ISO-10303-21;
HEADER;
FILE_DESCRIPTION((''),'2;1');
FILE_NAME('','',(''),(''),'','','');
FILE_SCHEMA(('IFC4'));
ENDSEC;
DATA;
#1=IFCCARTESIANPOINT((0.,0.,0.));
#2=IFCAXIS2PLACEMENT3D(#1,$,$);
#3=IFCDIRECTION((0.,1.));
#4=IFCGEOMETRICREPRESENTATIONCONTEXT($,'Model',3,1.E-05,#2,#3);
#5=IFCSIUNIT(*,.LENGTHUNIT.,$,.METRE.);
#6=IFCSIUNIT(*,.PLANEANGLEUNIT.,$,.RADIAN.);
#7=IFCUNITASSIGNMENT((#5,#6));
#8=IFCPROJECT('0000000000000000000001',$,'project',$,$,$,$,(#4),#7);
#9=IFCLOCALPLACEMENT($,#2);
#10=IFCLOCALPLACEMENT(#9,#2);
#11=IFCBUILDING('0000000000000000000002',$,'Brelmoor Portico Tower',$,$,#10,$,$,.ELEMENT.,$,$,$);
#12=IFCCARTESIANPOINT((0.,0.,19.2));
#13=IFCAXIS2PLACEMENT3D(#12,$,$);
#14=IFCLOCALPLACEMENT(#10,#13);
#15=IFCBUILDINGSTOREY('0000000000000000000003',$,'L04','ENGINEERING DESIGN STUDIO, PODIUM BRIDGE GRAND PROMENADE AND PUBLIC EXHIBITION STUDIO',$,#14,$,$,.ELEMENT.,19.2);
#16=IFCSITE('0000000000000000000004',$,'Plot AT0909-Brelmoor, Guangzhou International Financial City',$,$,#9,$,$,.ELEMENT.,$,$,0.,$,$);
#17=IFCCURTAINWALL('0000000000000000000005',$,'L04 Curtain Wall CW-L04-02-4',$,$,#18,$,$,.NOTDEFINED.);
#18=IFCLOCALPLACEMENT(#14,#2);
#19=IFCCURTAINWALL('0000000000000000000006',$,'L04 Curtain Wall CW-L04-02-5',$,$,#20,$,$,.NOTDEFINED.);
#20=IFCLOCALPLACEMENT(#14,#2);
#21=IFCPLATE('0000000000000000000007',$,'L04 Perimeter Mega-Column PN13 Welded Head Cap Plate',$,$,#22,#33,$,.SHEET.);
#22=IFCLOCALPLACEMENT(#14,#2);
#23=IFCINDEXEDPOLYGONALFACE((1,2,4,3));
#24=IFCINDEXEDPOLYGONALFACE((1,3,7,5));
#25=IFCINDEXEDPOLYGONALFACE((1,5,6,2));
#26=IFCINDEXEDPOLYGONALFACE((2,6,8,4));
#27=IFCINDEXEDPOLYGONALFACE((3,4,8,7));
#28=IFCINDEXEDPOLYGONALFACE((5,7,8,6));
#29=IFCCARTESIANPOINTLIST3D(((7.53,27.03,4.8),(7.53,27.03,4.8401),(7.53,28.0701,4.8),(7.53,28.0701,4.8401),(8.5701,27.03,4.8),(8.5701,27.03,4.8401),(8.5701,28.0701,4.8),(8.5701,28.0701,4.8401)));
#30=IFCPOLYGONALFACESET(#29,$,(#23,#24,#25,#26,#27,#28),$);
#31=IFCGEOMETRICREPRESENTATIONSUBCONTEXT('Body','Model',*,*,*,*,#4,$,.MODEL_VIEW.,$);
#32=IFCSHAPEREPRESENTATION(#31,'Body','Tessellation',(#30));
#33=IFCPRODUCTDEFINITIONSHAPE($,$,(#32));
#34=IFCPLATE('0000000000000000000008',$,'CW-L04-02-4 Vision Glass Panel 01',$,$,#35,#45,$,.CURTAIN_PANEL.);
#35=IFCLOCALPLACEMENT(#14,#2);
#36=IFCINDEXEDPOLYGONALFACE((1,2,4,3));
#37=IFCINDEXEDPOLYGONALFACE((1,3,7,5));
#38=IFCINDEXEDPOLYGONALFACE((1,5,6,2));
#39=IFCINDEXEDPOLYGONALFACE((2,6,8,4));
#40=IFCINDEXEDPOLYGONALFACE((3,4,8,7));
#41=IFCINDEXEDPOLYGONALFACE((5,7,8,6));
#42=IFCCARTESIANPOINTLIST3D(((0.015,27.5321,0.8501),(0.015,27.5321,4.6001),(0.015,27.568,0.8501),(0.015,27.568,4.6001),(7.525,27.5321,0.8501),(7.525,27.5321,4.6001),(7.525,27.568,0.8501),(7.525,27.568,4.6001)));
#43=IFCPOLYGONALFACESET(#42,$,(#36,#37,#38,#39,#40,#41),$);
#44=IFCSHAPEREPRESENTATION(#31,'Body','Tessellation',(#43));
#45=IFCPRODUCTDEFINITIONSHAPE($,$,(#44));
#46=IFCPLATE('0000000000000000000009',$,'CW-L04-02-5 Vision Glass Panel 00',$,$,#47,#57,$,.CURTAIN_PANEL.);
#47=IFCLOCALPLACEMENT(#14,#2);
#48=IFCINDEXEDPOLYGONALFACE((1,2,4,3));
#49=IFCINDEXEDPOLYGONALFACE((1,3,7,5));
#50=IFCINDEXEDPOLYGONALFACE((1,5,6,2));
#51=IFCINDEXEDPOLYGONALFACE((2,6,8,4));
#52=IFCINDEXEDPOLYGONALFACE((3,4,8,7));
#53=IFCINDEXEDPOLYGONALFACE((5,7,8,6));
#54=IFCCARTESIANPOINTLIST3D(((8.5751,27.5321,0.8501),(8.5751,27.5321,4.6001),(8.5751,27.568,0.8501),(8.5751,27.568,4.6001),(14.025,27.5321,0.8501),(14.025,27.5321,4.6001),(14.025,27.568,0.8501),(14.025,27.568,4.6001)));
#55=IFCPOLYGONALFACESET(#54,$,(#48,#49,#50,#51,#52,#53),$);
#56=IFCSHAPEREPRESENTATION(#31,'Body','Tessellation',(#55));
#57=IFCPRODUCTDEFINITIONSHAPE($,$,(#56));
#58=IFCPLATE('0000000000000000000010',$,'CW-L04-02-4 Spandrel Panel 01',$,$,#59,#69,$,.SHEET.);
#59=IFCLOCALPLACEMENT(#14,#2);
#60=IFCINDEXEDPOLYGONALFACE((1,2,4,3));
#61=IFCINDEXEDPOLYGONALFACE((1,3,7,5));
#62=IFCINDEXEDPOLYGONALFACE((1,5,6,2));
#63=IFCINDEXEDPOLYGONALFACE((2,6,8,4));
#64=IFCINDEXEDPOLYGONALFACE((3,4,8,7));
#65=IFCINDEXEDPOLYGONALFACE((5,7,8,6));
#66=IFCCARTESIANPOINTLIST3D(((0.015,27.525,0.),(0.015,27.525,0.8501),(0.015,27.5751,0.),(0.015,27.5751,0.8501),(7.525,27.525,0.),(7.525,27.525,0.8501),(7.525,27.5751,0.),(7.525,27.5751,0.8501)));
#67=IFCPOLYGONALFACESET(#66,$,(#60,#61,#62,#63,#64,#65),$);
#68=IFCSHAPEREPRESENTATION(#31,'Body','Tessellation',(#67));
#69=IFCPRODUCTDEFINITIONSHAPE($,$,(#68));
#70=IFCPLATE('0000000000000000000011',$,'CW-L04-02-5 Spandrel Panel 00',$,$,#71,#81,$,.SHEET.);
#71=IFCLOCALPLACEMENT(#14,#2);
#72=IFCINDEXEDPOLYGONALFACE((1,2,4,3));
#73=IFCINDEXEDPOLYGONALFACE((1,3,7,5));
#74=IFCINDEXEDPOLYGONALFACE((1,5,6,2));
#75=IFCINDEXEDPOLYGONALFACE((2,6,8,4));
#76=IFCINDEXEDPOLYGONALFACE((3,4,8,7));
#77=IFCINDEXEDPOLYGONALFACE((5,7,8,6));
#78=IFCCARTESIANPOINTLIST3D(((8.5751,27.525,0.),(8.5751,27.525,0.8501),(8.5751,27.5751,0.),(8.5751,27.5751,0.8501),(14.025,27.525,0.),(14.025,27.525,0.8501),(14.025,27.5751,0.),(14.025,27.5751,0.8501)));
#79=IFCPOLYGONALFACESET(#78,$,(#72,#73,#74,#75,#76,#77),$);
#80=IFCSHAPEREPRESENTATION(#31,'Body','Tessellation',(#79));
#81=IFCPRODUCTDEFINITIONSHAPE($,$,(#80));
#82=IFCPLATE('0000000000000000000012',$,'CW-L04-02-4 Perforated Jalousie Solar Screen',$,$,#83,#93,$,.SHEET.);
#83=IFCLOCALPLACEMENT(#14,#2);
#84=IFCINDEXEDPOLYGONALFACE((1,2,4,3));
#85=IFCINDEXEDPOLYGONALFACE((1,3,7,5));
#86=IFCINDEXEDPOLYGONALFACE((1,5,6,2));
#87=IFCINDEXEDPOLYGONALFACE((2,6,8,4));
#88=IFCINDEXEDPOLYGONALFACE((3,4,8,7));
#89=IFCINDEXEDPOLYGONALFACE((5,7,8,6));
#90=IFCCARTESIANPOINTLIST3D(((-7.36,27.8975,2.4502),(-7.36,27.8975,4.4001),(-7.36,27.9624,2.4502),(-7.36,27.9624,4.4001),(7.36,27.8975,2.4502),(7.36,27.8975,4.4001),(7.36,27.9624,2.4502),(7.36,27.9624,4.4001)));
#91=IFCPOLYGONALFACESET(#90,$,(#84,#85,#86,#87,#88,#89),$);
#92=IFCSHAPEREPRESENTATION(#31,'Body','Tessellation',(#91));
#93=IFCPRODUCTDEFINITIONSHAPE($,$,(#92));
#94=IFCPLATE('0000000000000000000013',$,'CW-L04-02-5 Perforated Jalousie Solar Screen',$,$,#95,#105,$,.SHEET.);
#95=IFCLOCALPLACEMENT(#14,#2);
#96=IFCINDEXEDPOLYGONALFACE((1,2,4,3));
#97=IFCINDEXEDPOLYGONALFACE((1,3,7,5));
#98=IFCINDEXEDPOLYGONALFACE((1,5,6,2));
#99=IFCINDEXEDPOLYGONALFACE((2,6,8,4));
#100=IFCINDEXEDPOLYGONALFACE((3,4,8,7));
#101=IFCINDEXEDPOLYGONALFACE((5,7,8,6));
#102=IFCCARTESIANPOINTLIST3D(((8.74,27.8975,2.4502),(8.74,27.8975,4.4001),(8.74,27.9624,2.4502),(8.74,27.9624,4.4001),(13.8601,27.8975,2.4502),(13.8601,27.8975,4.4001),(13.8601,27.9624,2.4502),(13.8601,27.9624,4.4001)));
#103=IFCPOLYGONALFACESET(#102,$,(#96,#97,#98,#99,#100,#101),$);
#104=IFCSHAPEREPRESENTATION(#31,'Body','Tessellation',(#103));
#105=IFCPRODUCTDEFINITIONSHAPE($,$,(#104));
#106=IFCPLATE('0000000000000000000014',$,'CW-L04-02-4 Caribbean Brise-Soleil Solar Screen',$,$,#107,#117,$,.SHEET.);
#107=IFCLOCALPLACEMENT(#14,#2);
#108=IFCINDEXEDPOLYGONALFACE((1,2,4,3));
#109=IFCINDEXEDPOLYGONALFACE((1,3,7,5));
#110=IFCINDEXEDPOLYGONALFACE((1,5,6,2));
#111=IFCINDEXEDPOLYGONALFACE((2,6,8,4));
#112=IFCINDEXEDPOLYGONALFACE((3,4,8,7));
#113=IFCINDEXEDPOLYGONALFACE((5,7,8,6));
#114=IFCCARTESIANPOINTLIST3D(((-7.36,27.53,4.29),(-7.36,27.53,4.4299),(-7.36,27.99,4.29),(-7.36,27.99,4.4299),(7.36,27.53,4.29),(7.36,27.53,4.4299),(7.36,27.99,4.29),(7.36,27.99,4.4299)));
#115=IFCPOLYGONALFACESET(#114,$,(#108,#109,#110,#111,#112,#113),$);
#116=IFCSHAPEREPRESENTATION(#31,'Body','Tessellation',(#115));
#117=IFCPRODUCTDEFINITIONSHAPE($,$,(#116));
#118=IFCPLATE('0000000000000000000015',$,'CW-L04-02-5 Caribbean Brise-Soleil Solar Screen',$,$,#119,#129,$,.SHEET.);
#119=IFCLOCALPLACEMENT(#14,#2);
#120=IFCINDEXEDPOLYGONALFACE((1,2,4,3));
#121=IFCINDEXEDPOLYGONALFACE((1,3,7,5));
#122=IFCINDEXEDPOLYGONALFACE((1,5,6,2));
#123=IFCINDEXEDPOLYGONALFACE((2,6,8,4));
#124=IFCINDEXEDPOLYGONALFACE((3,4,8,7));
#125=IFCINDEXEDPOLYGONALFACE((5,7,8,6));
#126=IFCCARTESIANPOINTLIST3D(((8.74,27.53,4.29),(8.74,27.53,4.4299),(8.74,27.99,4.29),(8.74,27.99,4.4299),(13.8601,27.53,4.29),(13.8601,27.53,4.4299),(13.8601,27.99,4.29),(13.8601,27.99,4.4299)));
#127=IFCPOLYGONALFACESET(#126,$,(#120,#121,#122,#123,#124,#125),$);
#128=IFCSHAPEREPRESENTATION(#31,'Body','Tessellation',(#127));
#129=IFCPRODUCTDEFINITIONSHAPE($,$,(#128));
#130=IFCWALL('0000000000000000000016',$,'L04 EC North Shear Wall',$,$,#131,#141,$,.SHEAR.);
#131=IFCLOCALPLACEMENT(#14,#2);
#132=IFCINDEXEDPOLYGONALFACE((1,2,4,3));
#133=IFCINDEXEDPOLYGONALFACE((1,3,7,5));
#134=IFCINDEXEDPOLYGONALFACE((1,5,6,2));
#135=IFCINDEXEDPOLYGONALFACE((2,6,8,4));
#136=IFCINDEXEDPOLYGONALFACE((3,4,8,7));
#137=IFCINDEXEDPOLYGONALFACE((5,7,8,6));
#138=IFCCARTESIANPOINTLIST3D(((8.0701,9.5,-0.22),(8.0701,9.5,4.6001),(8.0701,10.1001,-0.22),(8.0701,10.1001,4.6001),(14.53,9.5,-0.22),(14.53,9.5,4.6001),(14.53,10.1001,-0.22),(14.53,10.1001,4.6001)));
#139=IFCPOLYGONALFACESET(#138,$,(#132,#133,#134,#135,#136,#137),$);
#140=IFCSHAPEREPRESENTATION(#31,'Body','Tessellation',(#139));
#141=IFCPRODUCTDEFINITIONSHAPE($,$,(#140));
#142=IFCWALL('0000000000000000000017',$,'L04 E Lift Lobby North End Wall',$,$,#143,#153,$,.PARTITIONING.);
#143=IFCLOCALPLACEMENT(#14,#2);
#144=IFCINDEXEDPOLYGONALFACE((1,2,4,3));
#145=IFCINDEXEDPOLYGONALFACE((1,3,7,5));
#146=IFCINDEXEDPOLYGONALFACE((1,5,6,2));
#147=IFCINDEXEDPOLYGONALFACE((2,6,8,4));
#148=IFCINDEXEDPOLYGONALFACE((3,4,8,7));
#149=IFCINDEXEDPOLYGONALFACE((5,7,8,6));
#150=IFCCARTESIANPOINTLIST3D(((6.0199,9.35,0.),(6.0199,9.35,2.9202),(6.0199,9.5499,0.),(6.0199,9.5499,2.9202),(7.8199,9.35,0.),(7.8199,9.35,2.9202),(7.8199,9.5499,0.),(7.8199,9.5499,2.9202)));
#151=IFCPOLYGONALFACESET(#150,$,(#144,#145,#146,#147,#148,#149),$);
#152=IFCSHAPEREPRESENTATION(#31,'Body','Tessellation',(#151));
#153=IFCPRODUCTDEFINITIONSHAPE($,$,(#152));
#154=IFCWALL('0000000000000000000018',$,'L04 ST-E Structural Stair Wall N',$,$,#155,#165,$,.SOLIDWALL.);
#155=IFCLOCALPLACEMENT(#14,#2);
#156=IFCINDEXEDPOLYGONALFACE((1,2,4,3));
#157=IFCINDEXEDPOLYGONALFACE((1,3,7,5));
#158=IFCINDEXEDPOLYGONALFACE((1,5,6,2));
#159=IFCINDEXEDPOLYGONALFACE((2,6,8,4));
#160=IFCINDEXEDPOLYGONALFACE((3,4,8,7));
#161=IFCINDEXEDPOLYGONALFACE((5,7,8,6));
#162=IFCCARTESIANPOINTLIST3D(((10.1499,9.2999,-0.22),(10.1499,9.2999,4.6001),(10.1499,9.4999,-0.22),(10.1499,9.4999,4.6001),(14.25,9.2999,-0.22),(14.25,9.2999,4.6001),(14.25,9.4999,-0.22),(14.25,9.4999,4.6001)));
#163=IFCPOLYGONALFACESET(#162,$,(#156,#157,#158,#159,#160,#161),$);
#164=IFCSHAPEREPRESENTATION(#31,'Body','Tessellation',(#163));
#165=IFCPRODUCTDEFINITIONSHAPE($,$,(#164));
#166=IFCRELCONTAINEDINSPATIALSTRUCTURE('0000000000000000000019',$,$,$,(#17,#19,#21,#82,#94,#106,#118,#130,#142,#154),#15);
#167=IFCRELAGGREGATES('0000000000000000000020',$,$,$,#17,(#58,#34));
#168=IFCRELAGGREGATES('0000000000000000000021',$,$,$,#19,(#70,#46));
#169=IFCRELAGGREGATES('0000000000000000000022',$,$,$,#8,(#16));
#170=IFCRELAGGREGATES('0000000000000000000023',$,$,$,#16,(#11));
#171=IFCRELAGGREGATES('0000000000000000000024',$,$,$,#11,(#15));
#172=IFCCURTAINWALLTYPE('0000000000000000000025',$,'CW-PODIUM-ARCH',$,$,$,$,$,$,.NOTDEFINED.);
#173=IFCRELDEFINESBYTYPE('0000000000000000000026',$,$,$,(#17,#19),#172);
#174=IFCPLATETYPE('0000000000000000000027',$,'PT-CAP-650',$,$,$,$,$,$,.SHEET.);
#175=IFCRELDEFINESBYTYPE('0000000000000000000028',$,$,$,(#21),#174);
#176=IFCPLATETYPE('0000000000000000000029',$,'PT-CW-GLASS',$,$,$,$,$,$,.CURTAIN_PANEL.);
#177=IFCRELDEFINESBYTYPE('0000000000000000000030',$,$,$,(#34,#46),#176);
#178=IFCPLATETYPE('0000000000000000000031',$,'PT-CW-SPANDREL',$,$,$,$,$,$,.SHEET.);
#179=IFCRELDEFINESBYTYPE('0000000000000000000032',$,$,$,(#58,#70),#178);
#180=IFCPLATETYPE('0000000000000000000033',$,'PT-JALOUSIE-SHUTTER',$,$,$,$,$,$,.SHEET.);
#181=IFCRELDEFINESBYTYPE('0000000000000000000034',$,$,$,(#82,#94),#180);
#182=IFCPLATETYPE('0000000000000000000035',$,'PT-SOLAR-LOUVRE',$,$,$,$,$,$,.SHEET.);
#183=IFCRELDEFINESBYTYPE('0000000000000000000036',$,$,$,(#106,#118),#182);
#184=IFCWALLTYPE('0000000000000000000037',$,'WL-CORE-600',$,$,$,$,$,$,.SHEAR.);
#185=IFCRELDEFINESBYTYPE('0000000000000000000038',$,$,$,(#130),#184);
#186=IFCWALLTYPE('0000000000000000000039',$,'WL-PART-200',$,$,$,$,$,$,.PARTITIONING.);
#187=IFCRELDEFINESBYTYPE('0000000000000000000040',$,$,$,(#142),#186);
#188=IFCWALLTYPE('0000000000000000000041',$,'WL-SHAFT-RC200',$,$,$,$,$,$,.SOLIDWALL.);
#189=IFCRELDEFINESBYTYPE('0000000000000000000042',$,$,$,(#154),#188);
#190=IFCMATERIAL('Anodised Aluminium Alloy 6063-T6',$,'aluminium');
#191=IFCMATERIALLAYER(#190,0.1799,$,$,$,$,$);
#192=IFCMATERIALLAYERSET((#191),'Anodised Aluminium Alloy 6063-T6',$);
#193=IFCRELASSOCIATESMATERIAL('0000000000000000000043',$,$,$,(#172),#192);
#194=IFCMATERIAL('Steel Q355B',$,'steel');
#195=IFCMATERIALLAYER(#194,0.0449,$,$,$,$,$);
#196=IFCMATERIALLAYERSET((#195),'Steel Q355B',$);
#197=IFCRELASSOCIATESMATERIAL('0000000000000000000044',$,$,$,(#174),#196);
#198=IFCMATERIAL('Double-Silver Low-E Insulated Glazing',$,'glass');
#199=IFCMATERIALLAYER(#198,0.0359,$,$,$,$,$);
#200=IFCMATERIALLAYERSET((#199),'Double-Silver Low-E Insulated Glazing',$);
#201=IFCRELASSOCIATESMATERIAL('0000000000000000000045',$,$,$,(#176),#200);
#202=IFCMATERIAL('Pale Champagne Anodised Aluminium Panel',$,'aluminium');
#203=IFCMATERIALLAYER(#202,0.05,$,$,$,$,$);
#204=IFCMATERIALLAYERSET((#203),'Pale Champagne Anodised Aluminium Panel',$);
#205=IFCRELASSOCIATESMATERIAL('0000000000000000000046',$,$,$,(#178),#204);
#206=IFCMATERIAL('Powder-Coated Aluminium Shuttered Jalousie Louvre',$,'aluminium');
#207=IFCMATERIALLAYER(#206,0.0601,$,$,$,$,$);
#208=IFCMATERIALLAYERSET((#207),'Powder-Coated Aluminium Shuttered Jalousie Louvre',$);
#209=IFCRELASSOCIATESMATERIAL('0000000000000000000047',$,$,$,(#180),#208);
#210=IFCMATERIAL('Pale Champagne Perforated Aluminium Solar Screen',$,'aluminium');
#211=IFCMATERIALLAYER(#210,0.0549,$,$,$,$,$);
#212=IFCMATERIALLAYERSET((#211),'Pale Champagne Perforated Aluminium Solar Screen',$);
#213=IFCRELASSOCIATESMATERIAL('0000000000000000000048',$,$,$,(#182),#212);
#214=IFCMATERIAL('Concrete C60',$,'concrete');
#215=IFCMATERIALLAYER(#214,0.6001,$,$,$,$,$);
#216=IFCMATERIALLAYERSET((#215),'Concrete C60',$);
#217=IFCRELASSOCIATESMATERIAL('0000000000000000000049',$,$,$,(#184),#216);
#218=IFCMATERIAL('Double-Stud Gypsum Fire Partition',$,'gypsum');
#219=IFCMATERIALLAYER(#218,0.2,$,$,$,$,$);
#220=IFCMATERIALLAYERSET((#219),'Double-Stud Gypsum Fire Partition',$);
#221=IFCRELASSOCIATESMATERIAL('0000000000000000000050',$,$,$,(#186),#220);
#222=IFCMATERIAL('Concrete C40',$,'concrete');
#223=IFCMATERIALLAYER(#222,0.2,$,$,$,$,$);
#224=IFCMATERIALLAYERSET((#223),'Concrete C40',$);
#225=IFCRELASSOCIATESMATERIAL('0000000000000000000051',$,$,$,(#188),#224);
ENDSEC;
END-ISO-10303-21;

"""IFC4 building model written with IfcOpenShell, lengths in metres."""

from ifc_helpers import new_model, si_unit, direction, frame, frame_2d, origin, origin_2d, place, context, subcontext, project, spatial, rectangle, extrude, material, layer, layer_set, type_object, element, aggregate, save


model = new_model("IFC4")

# Units and contexts
model_context = context("Model", 3, precision=1e-05, world=origin(), true_north=direction((0.0, 1.0)))
body_context = subcontext(model_context, "Body", "Model", "MODEL_VIEW")
ifc_project = project(units=[si_unit("LENGTHUNIT", "METRE"), si_unit("PLANEANGLEUNIT", "RADIAN")], contexts=[model_context])

# Site, building, storey
site_placement = place(None, origin())
site = spatial("IfcSite", under=ifc_project, at=site_placement, Name="Plot AT0909-Brelmoor, Guangzhou International Financial City", CompositionType="ELEMENT", RefElevation=0.0)
building_placement = place(site_placement, origin())
building = spatial("IfcBuilding", under=site, at=building_placement, Name="Brelmoor Portico Tower", CompositionType="ELEMENT")
storey_placement = place(building_placement, frame((0.0, 0.0, 19.2)))
storey = spatial("IfcBuildingStorey", under=building, at=storey_placement, Name="L04", Description="ENGINEERING DESIGN STUDIO, PODIUM BRIDGE GRAND PROMENADE AND PUBLIC EXHIBITION STUDIO", CompositionType="ELEMENT", Elevation=19.2)

# Shared definitions
ifc_material_1 = material(Name="Steel Q355B", Category="steel")

# Curtain walls
ifc_material_2 = material(Name="Anodised Aluminium Alloy 6063-T6", Category="aluminium")
ifc_layer_1 = layer(ifc_material_2, 0.1799)
ifc_layer_set_1 = layer_set([ifc_layer_1], Name="Anodised Aluminium Alloy 6063-T6")
curtain_wall_type = type_object("IfcCurtainWallType", Name="CW-PODIUM-ARCH", PredefinedType="NOTDEFINED", material=ifc_layer_set_1)
curtain_wall_1_placement = place(storey_placement, origin())
curtain_wall_1 = element("IfcCurtainWall", 1, at=curtain_wall_1_placement, inside=storey, type_object=curtain_wall_type, Name="L04 Curtain Wall CW-L04-02-4", PredefinedType="NOTDEFINED")
curtain_wall_2_placement = place(storey_placement, origin())
curtain_wall_2 = element("IfcCurtainWall", 2, at=curtain_wall_2_placement, inside=storey, type_object=curtain_wall_type, Name="L04 Curtain Wall CW-L04-02-5", PredefinedType="NOTDEFINED")

# Plate
ifc_layer_2 = layer(ifc_material_1, 0.0449)
ifc_layer_set_2 = layer_set([ifc_layer_2], Name="Steel Q355B")
plate_type_1 = type_object("IfcPlateType", Name="PT-CAP-650", PredefinedType="SHEET", material=ifc_layer_set_2)
plate_1_placement = place(storey_placement, frame((8.05, 27.55, 4.8), z_axis=(0.0, 0.0, 1.0), x_axis=(1.0, 0.0, 0.0)))
element("IfcPlate", 3, at=plate_1_placement, inside=storey, type_object=plate_type_1, Name="L04 Perimeter Mega-Column PN13 Welded Head Cap Plate", PredefinedType="SHEET", context=body_context, shape_type="SweptSolid", body=[
    extrude(rectangle(XDim=1.04, YDim=1.04, at=origin_2d()), origin(), (0.0, 0.0, 1.0), 0.04),
])

# Plates
ifc_material_3 = material(Name="Double-Silver Low-E Insulated Glazing", Category="glass")
ifc_layer_3 = layer(ifc_material_3, 0.0359)
ifc_layer_set_3 = layer_set([ifc_layer_3], Name="Double-Silver Low-E Insulated Glazing")
plate_type_2 = type_object("IfcPlateType", Name="PT-CW-GLASS", PredefinedType="CURTAIN_PANEL", material=ifc_layer_set_3)
plate_2_placement = place(storey_placement, frame((3.77, 27.55, 0.8501), z_axis=(0.0, 0.0, 1.0), x_axis=(1.0, 0.0, 0.0)))
plate_2 = element("IfcPlate", 4, at=plate_2_placement, type_object=plate_type_2, Name="CW-L04-02-4 Vision Glass Panel 01", PredefinedType="CURTAIN_PANEL", context=body_context, shape_type="SweptSolid", body=[
    extrude(rectangle(XDim=7.51, YDim=0.0359, at=origin_2d()), origin(), (0.0, 0.0, 1.0), 3.75),
])
plate_3_placement = place(storey_placement, frame((11.3, 27.55, 0.8501), z_axis=(0.0, 0.0, 1.0), x_axis=(1.0, 0.0, 0.0)))
plate_3 = element("IfcPlate", 5, at=plate_3_placement, type_object=plate_type_2, Name="CW-L04-02-5 Vision Glass Panel 00", PredefinedType="CURTAIN_PANEL", context=body_context, shape_type="SweptSolid", body=[
    extrude(rectangle(XDim=5.45, YDim=0.0359, at=origin_2d()), origin(), (0.0, 0.0, 1.0), 3.75),
])
ifc_material_4 = material(Name="Pale Champagne Anodised Aluminium Panel", Category="aluminium")
ifc_layer_4 = layer(ifc_material_4, 0.05)
ifc_layer_set_4 = layer_set([ifc_layer_4], Name="Pale Champagne Anodised Aluminium Panel")
plate_type_3 = type_object("IfcPlateType", Name="PT-CW-SPANDREL", PredefinedType="SHEET", material=ifc_layer_set_4)
plate_4_placement = place(storey_placement, frame((3.77, 27.55, 0.0), z_axis=(0.0, 0.0, 1.0), x_axis=(1.0, 0.0, 0.0)))
plate_4 = element("IfcPlate", 6, at=plate_4_placement, type_object=plate_type_3, Name="CW-L04-02-4 Spandrel Panel 01", PredefinedType="SHEET", context=body_context, shape_type="SweptSolid", body=[
    extrude(rectangle(XDim=7.51, YDim=0.05, at=origin_2d()), origin(), (0.0, 0.0, 1.0), 0.8501),
])
aggregate(curtain_wall_1, [plate_4, plate_2])
plate_5_placement = place(storey_placement, frame((11.3, 27.55, 0.0), z_axis=(0.0, 0.0, 1.0), x_axis=(1.0, 0.0, 0.0)))
plate_5 = element("IfcPlate", 7, at=plate_5_placement, type_object=plate_type_3, Name="CW-L04-02-5 Spandrel Panel 00", PredefinedType="SHEET", context=body_context, shape_type="SweptSolid", body=[
    extrude(rectangle(XDim=5.45, YDim=0.05, at=origin_2d()), origin(), (0.0, 0.0, 1.0), 0.8501),
])
aggregate(curtain_wall_2, [plate_5, plate_3])

# Plates
ifc_material_5 = material(Name="Powder-Coated Aluminium Shuttered Jalousie Louvre", Category="aluminium")
ifc_layer_5 = layer(ifc_material_5, 0.0601)
ifc_layer_set_5 = layer_set([ifc_layer_5], Name="Powder-Coated Aluminium Shuttered Jalousie Louvre")
plate_type_4 = type_object("IfcPlateType", Name="PT-JALOUSIE-SHUTTER", PredefinedType="SHEET", material=ifc_layer_set_5)
plate_6_placement = place(storey_placement, frame((0.0, 27.9299, 2.4502), z_axis=(0.0, 0.0, 1.0), x_axis=(1.0, 0.0, 0.0)))
element("IfcPlate", 8, at=plate_6_placement, inside=storey, type_object=plate_type_4, Name="CW-L04-02-4 Perforated Jalousie Solar Screen", PredefinedType="SHEET", context=body_context, shape_type="SweptSolid", body=[
    extrude(rectangle(XDim=14.72, YDim=0.0649, at=origin_2d()), origin(), (0.0, 0.0, 1.0), 1.95),
])
plate_7_placement = place(storey_placement, frame((11.3, 27.9299, 2.4502), z_axis=(0.0, 0.0, 1.0), x_axis=(1.0, 0.0, 0.0)))
element("IfcPlate", 9, at=plate_7_placement, inside=storey, type_object=plate_type_4, Name="CW-L04-02-5 Perforated Jalousie Solar Screen", PredefinedType="SHEET", context=body_context, shape_type="SweptSolid", body=[
    extrude(rectangle(XDim=5.1201, YDim=0.0649, at=origin_2d()), origin(), (0.0, 0.0, 1.0), 1.95),
])
ifc_material_6 = material(Name="Pale Champagne Perforated Aluminium Solar Screen", Category="aluminium")
ifc_layer_6 = layer(ifc_material_6, 0.0549)
ifc_layer_set_6 = layer_set([ifc_layer_6], Name="Pale Champagne Perforated Aluminium Solar Screen")
plate_type_5 = type_object("IfcPlateType", Name="PT-SOLAR-LOUVRE", PredefinedType="SHEET", material=ifc_layer_set_6)
plate_8_placement = place(storey_placement, frame((0.0, 27.76, 4.29), z_axis=(0.0, 0.0, 1.0), x_axis=(1.0, 0.0, 0.0)))
element("IfcPlate", 10, at=plate_8_placement, inside=storey, type_object=plate_type_5, Name="CW-L04-02-4 Caribbean Brise-Soleil Solar Screen", PredefinedType="SHEET", context=body_context, shape_type="SweptSolid", body=[
    extrude(rectangle(XDim=14.72, YDim=0.46, at=origin_2d()), origin(), (0.0, 0.0, 1.0), 0.1399),
])
plate_9_placement = place(storey_placement, frame((11.3, 27.76, 4.29), z_axis=(0.0, 0.0, 1.0), x_axis=(1.0, 0.0, 0.0)))
element("IfcPlate", 11, at=plate_9_placement, inside=storey, type_object=plate_type_5, Name="CW-L04-02-5 Caribbean Brise-Soleil Solar Screen", PredefinedType="SHEET", context=body_context, shape_type="SweptSolid", body=[
    extrude(rectangle(XDim=5.1201, YDim=0.46, at=origin_2d()), origin(), (0.0, 0.0, 1.0), 0.1399),
])

# Walls
ifc_material_7 = material(Name="Concrete C60", Category="concrete")
ifc_layer_7 = layer(ifc_material_7, 0.6001)
ifc_layer_set_7 = layer_set([ifc_layer_7], Name="Concrete C60")
wall_type_1 = type_object("IfcWallType", Name="WL-CORE-600", PredefinedType="SHEAR", material=ifc_layer_set_7)
wall_1_placement = place(storey_placement, frame((8.0701, 9.8, -0.22), z_axis=(0.0, 0.0, 1.0), x_axis=(1.0, 0.0, 0.0)))
element("IfcWall", 12, at=wall_1_placement, inside=storey, type_object=wall_type_1, Name="L04 EC North Shear Wall", PredefinedType="SHEAR", context=body_context, shape_type="SweptSolid", body=[
    extrude(rectangle(XDim=6.46, YDim=0.6001, at=frame_2d((3.23, 0.0))), origin(), (0.0, 0.0, 1.0), 4.8201),
])
ifc_material_8 = material(Name="Double-Stud Gypsum Fire Partition", Category="gypsum")
ifc_layer_8 = layer(ifc_material_8, 0.2)
ifc_layer_set_8 = layer_set([ifc_layer_8], Name="Double-Stud Gypsum Fire Partition")
wall_type_2 = type_object("IfcWallType", Name="WL-PART-200", PredefinedType="PARTITIONING", material=ifc_layer_set_8)
wall_2_placement = place(storey_placement, frame((6.02, 9.45, 0.0), z_axis=(0.0, 0.0, 1.0), x_axis=(1.0, 0.0, 0.0)))
element("IfcWall", 13, at=wall_2_placement, inside=storey, type_object=wall_type_2, Name="L04 E Lift Lobby North End Wall", PredefinedType="PARTITIONING", context=body_context, shape_type="SweptSolid", body=[
    extrude(rectangle(XDim=1.8, YDim=0.2, at=frame_2d((0.8999, 0.0))), origin(), (0.0, 0.0, 1.0), 2.9202),
])
ifc_material_9 = material(Name="Concrete C40", Category="concrete")
ifc_layer_9 = layer(ifc_material_9, 0.2)
ifc_layer_set_9 = layer_set([ifc_layer_9], Name="Concrete C40")
wall_type_3 = type_object("IfcWallType", Name="WL-SHAFT-RC200", PredefinedType="SOLIDWALL", material=ifc_layer_set_9)
wall_3_placement = place(storey_placement, frame((10.1499, 9.3999, -0.22), z_axis=(0.0, 0.0, 1.0), x_axis=(1.0, 0.0, 0.0)))
element("IfcWall", 14, at=wall_3_placement, inside=storey, type_object=wall_type_3, Name="L04 ST-E Structural Stair Wall N", PredefinedType="SOLIDWALL", context=body_context, shape_type="SweptSolid", body=[
    extrude(rectangle(XDim=4.1001, YDim=0.2, at=frame_2d((2.05, 0.0))), origin(), (0.0, 0.0, 1.0), 4.8201),
])

save(model, "model.ifc")
